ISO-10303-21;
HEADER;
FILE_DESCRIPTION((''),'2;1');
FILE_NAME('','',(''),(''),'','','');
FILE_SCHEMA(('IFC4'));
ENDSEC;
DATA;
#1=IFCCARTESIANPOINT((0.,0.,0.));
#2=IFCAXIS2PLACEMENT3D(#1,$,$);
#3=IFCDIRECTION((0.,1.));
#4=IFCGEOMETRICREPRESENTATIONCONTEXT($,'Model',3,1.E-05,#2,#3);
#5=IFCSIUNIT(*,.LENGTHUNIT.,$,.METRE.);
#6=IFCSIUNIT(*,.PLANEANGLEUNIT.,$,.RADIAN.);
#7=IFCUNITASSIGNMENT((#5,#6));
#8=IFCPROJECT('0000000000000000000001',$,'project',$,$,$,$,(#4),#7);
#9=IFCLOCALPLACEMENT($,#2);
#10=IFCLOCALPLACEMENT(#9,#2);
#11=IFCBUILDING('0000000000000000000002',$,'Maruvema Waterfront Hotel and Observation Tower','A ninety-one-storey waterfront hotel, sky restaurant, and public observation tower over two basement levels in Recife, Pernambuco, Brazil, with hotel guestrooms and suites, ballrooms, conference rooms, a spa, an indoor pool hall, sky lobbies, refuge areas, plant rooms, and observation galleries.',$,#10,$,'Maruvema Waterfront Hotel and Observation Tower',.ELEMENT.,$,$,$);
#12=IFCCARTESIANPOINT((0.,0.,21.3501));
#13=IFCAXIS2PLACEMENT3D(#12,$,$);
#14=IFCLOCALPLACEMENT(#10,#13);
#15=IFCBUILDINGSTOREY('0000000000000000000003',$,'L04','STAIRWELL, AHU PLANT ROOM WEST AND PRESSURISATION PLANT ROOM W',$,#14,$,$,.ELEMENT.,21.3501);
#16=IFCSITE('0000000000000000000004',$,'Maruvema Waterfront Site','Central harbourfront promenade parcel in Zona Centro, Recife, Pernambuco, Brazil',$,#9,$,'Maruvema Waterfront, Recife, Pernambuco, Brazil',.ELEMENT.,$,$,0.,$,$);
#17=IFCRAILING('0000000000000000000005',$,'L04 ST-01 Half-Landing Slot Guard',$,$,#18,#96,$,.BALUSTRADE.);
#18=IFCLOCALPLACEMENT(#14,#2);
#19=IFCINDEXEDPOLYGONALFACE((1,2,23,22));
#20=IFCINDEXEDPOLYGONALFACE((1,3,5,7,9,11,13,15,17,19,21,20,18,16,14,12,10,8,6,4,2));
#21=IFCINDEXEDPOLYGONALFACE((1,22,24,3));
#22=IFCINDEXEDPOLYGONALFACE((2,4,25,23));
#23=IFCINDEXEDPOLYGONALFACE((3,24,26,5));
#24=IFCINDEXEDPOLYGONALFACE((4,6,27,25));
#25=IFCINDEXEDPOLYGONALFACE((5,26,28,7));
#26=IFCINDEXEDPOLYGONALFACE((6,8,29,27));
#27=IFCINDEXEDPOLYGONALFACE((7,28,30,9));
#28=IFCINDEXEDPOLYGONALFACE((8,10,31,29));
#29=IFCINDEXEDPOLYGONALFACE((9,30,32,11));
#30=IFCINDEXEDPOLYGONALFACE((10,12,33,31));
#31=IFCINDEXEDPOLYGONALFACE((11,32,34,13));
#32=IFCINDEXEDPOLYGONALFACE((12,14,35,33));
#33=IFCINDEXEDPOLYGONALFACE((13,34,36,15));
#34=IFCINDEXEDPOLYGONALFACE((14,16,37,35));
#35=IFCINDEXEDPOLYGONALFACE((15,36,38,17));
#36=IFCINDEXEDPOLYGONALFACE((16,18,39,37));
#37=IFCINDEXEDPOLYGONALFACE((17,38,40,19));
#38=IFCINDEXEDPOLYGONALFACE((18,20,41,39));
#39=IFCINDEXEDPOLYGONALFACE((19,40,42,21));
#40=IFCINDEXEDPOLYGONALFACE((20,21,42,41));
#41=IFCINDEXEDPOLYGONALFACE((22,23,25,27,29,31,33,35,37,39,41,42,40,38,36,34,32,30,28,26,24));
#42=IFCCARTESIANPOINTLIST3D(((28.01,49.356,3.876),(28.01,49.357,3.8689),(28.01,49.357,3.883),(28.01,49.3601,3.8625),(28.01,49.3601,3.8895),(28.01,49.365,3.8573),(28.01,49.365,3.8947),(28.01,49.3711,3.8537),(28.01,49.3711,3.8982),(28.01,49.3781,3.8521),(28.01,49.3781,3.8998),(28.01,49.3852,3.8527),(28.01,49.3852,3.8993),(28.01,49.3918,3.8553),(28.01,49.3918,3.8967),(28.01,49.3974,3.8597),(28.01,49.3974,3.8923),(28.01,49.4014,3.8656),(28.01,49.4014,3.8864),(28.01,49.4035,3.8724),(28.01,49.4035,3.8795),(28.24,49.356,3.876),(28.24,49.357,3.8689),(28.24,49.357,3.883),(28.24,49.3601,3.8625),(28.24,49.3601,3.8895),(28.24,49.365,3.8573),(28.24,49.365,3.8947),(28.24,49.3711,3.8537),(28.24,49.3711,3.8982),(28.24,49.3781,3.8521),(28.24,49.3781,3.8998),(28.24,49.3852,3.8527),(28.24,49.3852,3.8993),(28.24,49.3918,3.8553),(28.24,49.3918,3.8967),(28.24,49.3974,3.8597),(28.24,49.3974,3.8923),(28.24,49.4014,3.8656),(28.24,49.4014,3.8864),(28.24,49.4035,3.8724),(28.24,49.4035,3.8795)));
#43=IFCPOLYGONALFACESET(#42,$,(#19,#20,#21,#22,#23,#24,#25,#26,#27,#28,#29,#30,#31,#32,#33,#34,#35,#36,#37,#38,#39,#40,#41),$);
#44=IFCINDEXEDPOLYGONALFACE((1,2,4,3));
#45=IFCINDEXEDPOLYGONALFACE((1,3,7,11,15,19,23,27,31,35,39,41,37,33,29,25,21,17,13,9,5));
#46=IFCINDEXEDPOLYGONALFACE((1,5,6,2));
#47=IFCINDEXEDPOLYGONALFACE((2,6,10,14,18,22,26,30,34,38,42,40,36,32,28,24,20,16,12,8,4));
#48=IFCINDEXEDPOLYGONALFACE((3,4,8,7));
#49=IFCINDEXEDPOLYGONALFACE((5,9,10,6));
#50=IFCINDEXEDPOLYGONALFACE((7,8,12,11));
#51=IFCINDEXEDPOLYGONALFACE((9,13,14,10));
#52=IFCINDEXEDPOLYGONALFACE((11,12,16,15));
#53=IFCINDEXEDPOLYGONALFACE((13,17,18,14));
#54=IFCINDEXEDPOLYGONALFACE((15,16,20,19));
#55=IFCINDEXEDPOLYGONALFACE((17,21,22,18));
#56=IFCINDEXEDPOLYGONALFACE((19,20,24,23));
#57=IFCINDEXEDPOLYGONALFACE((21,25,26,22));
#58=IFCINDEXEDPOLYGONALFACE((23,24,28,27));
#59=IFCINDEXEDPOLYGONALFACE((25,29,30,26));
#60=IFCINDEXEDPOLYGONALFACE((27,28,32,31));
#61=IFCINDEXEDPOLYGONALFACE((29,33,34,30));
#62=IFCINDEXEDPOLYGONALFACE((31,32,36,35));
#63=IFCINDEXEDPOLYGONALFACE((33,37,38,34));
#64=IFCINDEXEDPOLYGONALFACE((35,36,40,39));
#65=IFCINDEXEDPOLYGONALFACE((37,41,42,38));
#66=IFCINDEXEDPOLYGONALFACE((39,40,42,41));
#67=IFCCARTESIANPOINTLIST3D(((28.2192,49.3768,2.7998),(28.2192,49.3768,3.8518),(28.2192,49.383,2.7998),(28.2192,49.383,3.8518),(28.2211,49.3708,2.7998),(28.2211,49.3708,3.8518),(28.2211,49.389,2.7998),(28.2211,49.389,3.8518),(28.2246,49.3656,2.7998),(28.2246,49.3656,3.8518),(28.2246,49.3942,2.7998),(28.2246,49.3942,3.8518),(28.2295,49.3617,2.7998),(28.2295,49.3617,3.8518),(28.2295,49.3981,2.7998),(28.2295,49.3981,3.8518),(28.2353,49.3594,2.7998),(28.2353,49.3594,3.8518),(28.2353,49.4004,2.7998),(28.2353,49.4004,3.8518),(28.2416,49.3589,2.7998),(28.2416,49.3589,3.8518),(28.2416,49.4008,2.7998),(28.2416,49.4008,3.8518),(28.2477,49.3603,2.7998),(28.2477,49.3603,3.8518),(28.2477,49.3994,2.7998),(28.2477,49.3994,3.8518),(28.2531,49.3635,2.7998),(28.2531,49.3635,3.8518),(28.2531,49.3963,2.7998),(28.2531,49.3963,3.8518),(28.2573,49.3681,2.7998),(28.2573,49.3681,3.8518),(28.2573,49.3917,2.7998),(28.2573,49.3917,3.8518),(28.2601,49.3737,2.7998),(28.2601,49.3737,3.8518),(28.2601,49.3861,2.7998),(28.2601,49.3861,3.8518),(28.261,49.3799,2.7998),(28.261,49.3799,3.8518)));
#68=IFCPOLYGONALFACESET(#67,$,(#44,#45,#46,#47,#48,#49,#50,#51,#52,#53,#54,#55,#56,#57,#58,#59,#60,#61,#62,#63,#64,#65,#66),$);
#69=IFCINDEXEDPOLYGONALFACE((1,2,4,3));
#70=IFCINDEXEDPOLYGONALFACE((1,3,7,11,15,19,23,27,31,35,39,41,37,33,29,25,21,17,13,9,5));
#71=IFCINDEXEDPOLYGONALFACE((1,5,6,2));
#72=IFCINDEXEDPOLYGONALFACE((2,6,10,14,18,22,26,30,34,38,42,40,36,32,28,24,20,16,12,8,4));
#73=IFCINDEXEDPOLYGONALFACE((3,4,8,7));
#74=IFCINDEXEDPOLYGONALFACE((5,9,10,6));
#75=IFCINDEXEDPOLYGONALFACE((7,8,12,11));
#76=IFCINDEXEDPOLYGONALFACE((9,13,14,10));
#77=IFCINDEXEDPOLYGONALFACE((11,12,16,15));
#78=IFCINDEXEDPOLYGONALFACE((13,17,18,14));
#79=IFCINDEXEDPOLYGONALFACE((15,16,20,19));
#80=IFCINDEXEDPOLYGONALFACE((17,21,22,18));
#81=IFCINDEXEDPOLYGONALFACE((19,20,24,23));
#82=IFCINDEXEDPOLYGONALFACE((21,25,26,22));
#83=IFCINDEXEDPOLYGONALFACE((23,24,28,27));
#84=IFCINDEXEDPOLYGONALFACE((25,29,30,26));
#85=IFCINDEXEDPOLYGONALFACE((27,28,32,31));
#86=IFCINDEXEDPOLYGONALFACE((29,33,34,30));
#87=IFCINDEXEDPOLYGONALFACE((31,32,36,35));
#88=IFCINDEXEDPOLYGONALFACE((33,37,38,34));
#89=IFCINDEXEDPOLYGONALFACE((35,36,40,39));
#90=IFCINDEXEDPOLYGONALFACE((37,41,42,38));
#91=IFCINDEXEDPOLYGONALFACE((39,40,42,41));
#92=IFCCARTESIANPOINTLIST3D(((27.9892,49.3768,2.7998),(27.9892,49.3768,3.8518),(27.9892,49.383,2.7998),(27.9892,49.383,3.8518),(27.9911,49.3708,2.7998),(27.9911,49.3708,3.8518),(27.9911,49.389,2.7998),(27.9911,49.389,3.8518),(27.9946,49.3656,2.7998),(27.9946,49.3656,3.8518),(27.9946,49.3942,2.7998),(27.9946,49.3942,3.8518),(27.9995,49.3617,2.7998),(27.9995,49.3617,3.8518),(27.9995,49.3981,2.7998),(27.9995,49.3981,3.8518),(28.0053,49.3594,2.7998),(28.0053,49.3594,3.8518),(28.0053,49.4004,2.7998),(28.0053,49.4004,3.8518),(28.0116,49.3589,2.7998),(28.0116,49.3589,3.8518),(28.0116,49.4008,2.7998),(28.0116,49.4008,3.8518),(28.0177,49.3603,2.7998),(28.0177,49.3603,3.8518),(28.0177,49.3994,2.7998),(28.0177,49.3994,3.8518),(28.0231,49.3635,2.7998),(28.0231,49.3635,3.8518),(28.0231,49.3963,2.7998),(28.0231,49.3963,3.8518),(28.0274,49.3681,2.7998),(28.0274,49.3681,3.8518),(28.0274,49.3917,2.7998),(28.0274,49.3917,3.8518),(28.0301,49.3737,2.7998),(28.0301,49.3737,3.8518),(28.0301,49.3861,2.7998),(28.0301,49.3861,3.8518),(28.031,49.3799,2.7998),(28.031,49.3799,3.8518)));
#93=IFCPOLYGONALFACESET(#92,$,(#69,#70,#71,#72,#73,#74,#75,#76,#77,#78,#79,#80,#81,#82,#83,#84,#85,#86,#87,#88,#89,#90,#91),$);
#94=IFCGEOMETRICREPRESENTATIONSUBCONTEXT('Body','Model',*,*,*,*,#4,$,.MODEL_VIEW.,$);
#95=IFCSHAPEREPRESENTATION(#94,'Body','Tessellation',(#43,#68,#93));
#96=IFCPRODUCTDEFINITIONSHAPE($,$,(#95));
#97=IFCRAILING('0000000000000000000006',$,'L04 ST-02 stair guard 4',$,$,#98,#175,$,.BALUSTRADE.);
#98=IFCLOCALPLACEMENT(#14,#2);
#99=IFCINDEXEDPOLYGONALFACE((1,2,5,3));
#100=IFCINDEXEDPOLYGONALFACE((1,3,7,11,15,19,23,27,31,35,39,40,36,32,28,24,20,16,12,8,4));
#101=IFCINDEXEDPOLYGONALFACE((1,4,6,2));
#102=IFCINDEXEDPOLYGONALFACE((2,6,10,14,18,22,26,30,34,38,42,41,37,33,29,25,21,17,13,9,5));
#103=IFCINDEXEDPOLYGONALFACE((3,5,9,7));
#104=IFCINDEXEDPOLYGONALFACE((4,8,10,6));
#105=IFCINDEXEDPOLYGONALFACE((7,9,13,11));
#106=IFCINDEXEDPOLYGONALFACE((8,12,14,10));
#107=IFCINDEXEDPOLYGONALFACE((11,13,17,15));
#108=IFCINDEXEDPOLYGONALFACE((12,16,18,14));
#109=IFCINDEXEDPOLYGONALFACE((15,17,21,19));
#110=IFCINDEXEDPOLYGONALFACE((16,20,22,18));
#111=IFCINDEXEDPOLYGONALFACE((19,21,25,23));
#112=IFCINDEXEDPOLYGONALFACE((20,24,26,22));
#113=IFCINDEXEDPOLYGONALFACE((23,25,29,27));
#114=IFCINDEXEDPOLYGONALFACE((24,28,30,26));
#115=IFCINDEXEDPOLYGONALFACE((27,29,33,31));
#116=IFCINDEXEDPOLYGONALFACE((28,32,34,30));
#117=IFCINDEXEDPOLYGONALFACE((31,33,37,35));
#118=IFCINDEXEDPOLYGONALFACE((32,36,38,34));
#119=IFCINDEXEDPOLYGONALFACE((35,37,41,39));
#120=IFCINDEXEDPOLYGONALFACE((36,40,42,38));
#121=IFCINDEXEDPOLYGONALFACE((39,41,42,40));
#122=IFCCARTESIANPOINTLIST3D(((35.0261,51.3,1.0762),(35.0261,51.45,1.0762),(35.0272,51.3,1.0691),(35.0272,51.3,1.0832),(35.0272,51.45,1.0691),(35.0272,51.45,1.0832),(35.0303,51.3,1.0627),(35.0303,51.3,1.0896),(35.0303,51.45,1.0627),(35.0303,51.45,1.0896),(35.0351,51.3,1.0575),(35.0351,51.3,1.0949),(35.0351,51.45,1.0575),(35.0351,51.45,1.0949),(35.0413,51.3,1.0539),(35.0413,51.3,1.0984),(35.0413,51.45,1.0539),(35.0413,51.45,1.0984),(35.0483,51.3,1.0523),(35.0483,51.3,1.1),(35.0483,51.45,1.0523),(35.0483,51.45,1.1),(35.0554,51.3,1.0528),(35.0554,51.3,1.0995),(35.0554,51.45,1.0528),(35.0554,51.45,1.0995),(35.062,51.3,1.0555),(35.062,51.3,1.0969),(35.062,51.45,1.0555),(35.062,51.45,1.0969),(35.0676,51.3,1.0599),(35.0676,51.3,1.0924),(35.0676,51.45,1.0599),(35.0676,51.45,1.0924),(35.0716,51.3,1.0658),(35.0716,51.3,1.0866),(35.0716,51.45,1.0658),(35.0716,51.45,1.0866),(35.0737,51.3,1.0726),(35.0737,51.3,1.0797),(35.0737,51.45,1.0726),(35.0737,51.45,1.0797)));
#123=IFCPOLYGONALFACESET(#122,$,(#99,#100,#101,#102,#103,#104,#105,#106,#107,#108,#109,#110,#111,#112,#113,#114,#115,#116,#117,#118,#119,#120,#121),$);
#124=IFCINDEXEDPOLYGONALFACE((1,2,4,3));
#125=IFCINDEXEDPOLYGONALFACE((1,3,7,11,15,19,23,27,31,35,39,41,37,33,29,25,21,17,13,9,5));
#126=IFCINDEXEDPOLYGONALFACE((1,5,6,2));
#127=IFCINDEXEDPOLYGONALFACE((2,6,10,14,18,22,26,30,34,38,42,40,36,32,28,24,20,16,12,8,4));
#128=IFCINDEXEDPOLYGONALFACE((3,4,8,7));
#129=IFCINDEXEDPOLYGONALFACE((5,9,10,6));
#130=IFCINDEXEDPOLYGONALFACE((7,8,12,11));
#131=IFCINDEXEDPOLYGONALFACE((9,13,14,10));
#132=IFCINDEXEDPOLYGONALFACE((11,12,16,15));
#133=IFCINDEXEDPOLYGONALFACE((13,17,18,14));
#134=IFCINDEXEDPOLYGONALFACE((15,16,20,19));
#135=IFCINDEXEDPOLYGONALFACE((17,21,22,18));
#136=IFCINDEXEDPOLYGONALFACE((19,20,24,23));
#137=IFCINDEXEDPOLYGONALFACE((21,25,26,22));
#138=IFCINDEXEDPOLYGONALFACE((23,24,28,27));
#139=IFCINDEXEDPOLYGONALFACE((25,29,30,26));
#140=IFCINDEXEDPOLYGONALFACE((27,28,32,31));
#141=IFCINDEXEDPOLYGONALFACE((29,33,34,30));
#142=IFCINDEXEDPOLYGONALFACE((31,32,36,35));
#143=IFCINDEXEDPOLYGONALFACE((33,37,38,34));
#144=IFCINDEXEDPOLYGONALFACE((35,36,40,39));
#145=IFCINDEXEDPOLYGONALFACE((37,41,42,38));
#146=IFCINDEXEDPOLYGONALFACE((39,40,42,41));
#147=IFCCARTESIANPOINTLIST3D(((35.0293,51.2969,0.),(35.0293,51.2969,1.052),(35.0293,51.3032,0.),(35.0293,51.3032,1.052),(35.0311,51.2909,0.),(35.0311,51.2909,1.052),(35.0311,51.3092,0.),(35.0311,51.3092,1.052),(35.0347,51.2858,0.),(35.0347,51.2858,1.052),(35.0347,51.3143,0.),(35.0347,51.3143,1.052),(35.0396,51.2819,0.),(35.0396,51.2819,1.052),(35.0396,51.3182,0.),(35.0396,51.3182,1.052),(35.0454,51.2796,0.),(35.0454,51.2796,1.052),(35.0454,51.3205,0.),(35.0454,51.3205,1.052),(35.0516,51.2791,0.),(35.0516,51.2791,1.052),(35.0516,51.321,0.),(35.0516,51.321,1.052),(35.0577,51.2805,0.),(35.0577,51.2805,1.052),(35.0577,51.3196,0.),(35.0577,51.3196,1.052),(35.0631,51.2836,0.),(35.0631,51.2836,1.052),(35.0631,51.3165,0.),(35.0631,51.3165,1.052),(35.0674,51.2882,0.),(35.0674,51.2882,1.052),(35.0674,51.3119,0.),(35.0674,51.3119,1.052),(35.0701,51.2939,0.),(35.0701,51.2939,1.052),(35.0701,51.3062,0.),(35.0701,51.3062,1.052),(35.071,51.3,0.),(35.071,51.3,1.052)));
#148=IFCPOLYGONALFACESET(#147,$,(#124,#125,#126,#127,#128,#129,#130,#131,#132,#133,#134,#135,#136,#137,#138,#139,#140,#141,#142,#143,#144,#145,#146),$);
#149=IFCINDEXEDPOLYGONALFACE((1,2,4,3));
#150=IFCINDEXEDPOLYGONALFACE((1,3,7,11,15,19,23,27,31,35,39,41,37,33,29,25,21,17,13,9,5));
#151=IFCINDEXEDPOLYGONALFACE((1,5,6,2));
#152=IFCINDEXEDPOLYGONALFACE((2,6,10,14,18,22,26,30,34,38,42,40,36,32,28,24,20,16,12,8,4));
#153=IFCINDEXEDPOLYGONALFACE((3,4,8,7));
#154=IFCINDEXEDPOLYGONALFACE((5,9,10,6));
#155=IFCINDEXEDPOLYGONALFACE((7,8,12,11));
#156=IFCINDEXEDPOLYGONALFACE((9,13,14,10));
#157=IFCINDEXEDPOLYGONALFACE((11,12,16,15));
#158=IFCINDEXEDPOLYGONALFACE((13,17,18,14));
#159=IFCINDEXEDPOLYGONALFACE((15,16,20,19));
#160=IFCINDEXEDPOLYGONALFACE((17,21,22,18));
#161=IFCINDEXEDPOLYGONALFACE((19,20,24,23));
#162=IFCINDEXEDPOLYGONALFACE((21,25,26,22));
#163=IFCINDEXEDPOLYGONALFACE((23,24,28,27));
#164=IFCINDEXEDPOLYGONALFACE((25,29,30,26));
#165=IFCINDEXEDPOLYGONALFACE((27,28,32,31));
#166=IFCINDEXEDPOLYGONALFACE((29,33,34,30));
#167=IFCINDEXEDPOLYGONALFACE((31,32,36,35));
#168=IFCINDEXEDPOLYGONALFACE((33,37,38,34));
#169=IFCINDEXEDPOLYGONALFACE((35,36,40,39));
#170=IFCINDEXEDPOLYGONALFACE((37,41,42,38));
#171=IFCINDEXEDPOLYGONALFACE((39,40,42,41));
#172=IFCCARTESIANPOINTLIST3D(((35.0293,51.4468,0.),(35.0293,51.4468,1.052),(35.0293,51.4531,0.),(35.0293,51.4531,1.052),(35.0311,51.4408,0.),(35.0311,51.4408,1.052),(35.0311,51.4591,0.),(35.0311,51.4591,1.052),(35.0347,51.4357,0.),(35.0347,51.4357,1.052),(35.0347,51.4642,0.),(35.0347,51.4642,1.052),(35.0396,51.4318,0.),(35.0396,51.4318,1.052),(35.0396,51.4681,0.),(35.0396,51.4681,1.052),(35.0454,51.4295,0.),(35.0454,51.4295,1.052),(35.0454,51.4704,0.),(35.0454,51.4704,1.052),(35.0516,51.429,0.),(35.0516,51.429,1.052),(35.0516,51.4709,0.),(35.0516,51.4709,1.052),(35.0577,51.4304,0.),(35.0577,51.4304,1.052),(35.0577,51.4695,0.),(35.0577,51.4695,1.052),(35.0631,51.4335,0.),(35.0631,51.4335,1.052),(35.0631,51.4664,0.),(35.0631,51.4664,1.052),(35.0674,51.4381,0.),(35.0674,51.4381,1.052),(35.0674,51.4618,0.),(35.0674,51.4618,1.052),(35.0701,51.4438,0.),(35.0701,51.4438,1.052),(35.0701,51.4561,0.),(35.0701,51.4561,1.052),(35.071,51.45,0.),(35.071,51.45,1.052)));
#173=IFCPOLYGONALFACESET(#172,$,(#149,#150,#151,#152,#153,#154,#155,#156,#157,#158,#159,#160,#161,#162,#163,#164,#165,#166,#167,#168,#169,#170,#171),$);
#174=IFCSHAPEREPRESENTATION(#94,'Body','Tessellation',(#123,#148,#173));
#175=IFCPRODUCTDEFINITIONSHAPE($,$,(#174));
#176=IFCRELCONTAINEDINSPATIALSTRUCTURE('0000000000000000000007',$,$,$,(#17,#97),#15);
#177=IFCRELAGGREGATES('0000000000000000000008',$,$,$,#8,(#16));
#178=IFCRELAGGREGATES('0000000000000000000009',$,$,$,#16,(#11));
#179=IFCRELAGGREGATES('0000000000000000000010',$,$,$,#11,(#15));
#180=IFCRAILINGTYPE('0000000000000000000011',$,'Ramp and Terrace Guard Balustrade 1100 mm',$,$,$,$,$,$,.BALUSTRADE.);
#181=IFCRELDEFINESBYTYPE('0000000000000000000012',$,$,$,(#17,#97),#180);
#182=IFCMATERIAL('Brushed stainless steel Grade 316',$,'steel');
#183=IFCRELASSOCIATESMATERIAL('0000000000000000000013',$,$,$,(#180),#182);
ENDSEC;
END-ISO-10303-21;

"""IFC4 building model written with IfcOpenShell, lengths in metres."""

from ifc_helpers import new_model, si_unit, direction, frame, origin, origin_2d, place, context, subcontext, project, spatial, circle, extrude, material, type_object, element, save


model = new_model("IFC4")

# Units and contexts
model_context = context("Model", 3, precision=1e-05, world=origin(), true_north=direction((0.0, 1.0)))
body_context = subcontext(model_context, "Body", "Model", "MODEL_VIEW")
ifc_project = project(units=[si_unit("LENGTHUNIT", "METRE"), si_unit("PLANEANGLEUNIT", "RADIAN")], contexts=[model_context])

# Site, building, storey
site_placement = place(None, origin())
site = spatial("IfcSite", under=ifc_project, at=site_placement, Name="Maruvema Waterfront Site", Description="Central harbourfront promenade parcel in Zona Centro, Recife, Pernambuco, Brazil", LongName="Maruvema Waterfront, Recife, Pernambuco, Brazil", CompositionType="ELEMENT", RefElevation=0.0)
building_placement = place(site_placement, origin())
building = spatial("IfcBuilding", under=site, at=building_placement, Name="Maruvema Waterfront Hotel and Observation Tower", Description="A ninety-one-storey waterfront hotel, sky restaurant, and public observation tower over two basement levels in Recife, Pernambuco, Brazil, with hotel guestrooms and suites, ballrooms, conference rooms, a spa, an indoor pool hall, sky lobbies, refuge areas, plant rooms, and observation galleries.", LongName="Maruvema Waterfront Hotel and Observation Tower", CompositionType="ELEMENT")
storey_placement = place(building_placement, frame((0.0, 0.0, 21.3501)))
storey = spatial("IfcBuildingStorey", under=building, at=storey_placement, Name="L04", Description="STAIRWELL, AHU PLANT ROOM WEST AND PRESSURISATION PLANT ROOM W", CompositionType="ELEMENT", Elevation=21.3501)

# Railings
ifc_material_1 = material(Name="Brushed stainless steel Grade 316", Category="steel")
railing_type_1 = type_object("IfcRailingType", Name="Ramp and Terrace Guard Balustrade 1100 mm", PredefinedType="BALUSTRADE", material=ifc_material_1)
railing_1_placement = place(storey_placement, frame((28.24, 49.3799, 2.7998)))
element("IfcRailing", 1, at=railing_1_placement, inside=storey, type_object=railing_type_1, Name="L04 ST-01 Half-Landing Slot Guard", PredefinedType="BALUSTRADE", context=body_context, shape_type="SweptSolid", body=[
    extrude(circle(Radius=0.0239, at=origin_2d()), frame((0.0, 0.0, 1.0762), z_axis=(-1.0, 0.0, 0.0), x_axis=(0.0, -1.0, 0.0)), (0.0, 0.0, 1.0), 0.23),
    extrude(circle(Radius=0.021, at=origin_2d()), origin(), (0.0, 0.0, 1.0), 1.052),
    extrude(circle(Radius=0.021, at=origin_2d()), frame((-0.23, 0.0, 0.0)), (0.0, 0.0, 1.0), 1.052),
])
railing_2_placement = place(storey_placement, frame((35.05, 51.3, 0.0)))
element("IfcRailing", 2, at=railing_2_placement, inside=storey, type_object=railing_type_1, Name="L04 ST-02 stair guard 4", PredefinedType="BALUSTRADE", context=body_context, shape_type="SweptSolid", body=[
    extrude(circle(Radius=0.0239, at=origin_2d()), frame((0.0, 0.0, 1.0762), z_axis=(0.0, 1.0, 0.0), x_axis=(-1.0, 0.0, 0.0)), (0.0, 0.0, 1.0), 0.1499),
    extrude(circle(Radius=0.021, at=origin_2d()), origin(), (0.0, 0.0, 1.0), 1.052),
    extrude(circle(Radius=0.021, at=origin_2d()), frame((0.0, 0.1499, 0.0)), (0.0, 0.0, 1.0), 1.052),
])

save(model, "model.ifc")
